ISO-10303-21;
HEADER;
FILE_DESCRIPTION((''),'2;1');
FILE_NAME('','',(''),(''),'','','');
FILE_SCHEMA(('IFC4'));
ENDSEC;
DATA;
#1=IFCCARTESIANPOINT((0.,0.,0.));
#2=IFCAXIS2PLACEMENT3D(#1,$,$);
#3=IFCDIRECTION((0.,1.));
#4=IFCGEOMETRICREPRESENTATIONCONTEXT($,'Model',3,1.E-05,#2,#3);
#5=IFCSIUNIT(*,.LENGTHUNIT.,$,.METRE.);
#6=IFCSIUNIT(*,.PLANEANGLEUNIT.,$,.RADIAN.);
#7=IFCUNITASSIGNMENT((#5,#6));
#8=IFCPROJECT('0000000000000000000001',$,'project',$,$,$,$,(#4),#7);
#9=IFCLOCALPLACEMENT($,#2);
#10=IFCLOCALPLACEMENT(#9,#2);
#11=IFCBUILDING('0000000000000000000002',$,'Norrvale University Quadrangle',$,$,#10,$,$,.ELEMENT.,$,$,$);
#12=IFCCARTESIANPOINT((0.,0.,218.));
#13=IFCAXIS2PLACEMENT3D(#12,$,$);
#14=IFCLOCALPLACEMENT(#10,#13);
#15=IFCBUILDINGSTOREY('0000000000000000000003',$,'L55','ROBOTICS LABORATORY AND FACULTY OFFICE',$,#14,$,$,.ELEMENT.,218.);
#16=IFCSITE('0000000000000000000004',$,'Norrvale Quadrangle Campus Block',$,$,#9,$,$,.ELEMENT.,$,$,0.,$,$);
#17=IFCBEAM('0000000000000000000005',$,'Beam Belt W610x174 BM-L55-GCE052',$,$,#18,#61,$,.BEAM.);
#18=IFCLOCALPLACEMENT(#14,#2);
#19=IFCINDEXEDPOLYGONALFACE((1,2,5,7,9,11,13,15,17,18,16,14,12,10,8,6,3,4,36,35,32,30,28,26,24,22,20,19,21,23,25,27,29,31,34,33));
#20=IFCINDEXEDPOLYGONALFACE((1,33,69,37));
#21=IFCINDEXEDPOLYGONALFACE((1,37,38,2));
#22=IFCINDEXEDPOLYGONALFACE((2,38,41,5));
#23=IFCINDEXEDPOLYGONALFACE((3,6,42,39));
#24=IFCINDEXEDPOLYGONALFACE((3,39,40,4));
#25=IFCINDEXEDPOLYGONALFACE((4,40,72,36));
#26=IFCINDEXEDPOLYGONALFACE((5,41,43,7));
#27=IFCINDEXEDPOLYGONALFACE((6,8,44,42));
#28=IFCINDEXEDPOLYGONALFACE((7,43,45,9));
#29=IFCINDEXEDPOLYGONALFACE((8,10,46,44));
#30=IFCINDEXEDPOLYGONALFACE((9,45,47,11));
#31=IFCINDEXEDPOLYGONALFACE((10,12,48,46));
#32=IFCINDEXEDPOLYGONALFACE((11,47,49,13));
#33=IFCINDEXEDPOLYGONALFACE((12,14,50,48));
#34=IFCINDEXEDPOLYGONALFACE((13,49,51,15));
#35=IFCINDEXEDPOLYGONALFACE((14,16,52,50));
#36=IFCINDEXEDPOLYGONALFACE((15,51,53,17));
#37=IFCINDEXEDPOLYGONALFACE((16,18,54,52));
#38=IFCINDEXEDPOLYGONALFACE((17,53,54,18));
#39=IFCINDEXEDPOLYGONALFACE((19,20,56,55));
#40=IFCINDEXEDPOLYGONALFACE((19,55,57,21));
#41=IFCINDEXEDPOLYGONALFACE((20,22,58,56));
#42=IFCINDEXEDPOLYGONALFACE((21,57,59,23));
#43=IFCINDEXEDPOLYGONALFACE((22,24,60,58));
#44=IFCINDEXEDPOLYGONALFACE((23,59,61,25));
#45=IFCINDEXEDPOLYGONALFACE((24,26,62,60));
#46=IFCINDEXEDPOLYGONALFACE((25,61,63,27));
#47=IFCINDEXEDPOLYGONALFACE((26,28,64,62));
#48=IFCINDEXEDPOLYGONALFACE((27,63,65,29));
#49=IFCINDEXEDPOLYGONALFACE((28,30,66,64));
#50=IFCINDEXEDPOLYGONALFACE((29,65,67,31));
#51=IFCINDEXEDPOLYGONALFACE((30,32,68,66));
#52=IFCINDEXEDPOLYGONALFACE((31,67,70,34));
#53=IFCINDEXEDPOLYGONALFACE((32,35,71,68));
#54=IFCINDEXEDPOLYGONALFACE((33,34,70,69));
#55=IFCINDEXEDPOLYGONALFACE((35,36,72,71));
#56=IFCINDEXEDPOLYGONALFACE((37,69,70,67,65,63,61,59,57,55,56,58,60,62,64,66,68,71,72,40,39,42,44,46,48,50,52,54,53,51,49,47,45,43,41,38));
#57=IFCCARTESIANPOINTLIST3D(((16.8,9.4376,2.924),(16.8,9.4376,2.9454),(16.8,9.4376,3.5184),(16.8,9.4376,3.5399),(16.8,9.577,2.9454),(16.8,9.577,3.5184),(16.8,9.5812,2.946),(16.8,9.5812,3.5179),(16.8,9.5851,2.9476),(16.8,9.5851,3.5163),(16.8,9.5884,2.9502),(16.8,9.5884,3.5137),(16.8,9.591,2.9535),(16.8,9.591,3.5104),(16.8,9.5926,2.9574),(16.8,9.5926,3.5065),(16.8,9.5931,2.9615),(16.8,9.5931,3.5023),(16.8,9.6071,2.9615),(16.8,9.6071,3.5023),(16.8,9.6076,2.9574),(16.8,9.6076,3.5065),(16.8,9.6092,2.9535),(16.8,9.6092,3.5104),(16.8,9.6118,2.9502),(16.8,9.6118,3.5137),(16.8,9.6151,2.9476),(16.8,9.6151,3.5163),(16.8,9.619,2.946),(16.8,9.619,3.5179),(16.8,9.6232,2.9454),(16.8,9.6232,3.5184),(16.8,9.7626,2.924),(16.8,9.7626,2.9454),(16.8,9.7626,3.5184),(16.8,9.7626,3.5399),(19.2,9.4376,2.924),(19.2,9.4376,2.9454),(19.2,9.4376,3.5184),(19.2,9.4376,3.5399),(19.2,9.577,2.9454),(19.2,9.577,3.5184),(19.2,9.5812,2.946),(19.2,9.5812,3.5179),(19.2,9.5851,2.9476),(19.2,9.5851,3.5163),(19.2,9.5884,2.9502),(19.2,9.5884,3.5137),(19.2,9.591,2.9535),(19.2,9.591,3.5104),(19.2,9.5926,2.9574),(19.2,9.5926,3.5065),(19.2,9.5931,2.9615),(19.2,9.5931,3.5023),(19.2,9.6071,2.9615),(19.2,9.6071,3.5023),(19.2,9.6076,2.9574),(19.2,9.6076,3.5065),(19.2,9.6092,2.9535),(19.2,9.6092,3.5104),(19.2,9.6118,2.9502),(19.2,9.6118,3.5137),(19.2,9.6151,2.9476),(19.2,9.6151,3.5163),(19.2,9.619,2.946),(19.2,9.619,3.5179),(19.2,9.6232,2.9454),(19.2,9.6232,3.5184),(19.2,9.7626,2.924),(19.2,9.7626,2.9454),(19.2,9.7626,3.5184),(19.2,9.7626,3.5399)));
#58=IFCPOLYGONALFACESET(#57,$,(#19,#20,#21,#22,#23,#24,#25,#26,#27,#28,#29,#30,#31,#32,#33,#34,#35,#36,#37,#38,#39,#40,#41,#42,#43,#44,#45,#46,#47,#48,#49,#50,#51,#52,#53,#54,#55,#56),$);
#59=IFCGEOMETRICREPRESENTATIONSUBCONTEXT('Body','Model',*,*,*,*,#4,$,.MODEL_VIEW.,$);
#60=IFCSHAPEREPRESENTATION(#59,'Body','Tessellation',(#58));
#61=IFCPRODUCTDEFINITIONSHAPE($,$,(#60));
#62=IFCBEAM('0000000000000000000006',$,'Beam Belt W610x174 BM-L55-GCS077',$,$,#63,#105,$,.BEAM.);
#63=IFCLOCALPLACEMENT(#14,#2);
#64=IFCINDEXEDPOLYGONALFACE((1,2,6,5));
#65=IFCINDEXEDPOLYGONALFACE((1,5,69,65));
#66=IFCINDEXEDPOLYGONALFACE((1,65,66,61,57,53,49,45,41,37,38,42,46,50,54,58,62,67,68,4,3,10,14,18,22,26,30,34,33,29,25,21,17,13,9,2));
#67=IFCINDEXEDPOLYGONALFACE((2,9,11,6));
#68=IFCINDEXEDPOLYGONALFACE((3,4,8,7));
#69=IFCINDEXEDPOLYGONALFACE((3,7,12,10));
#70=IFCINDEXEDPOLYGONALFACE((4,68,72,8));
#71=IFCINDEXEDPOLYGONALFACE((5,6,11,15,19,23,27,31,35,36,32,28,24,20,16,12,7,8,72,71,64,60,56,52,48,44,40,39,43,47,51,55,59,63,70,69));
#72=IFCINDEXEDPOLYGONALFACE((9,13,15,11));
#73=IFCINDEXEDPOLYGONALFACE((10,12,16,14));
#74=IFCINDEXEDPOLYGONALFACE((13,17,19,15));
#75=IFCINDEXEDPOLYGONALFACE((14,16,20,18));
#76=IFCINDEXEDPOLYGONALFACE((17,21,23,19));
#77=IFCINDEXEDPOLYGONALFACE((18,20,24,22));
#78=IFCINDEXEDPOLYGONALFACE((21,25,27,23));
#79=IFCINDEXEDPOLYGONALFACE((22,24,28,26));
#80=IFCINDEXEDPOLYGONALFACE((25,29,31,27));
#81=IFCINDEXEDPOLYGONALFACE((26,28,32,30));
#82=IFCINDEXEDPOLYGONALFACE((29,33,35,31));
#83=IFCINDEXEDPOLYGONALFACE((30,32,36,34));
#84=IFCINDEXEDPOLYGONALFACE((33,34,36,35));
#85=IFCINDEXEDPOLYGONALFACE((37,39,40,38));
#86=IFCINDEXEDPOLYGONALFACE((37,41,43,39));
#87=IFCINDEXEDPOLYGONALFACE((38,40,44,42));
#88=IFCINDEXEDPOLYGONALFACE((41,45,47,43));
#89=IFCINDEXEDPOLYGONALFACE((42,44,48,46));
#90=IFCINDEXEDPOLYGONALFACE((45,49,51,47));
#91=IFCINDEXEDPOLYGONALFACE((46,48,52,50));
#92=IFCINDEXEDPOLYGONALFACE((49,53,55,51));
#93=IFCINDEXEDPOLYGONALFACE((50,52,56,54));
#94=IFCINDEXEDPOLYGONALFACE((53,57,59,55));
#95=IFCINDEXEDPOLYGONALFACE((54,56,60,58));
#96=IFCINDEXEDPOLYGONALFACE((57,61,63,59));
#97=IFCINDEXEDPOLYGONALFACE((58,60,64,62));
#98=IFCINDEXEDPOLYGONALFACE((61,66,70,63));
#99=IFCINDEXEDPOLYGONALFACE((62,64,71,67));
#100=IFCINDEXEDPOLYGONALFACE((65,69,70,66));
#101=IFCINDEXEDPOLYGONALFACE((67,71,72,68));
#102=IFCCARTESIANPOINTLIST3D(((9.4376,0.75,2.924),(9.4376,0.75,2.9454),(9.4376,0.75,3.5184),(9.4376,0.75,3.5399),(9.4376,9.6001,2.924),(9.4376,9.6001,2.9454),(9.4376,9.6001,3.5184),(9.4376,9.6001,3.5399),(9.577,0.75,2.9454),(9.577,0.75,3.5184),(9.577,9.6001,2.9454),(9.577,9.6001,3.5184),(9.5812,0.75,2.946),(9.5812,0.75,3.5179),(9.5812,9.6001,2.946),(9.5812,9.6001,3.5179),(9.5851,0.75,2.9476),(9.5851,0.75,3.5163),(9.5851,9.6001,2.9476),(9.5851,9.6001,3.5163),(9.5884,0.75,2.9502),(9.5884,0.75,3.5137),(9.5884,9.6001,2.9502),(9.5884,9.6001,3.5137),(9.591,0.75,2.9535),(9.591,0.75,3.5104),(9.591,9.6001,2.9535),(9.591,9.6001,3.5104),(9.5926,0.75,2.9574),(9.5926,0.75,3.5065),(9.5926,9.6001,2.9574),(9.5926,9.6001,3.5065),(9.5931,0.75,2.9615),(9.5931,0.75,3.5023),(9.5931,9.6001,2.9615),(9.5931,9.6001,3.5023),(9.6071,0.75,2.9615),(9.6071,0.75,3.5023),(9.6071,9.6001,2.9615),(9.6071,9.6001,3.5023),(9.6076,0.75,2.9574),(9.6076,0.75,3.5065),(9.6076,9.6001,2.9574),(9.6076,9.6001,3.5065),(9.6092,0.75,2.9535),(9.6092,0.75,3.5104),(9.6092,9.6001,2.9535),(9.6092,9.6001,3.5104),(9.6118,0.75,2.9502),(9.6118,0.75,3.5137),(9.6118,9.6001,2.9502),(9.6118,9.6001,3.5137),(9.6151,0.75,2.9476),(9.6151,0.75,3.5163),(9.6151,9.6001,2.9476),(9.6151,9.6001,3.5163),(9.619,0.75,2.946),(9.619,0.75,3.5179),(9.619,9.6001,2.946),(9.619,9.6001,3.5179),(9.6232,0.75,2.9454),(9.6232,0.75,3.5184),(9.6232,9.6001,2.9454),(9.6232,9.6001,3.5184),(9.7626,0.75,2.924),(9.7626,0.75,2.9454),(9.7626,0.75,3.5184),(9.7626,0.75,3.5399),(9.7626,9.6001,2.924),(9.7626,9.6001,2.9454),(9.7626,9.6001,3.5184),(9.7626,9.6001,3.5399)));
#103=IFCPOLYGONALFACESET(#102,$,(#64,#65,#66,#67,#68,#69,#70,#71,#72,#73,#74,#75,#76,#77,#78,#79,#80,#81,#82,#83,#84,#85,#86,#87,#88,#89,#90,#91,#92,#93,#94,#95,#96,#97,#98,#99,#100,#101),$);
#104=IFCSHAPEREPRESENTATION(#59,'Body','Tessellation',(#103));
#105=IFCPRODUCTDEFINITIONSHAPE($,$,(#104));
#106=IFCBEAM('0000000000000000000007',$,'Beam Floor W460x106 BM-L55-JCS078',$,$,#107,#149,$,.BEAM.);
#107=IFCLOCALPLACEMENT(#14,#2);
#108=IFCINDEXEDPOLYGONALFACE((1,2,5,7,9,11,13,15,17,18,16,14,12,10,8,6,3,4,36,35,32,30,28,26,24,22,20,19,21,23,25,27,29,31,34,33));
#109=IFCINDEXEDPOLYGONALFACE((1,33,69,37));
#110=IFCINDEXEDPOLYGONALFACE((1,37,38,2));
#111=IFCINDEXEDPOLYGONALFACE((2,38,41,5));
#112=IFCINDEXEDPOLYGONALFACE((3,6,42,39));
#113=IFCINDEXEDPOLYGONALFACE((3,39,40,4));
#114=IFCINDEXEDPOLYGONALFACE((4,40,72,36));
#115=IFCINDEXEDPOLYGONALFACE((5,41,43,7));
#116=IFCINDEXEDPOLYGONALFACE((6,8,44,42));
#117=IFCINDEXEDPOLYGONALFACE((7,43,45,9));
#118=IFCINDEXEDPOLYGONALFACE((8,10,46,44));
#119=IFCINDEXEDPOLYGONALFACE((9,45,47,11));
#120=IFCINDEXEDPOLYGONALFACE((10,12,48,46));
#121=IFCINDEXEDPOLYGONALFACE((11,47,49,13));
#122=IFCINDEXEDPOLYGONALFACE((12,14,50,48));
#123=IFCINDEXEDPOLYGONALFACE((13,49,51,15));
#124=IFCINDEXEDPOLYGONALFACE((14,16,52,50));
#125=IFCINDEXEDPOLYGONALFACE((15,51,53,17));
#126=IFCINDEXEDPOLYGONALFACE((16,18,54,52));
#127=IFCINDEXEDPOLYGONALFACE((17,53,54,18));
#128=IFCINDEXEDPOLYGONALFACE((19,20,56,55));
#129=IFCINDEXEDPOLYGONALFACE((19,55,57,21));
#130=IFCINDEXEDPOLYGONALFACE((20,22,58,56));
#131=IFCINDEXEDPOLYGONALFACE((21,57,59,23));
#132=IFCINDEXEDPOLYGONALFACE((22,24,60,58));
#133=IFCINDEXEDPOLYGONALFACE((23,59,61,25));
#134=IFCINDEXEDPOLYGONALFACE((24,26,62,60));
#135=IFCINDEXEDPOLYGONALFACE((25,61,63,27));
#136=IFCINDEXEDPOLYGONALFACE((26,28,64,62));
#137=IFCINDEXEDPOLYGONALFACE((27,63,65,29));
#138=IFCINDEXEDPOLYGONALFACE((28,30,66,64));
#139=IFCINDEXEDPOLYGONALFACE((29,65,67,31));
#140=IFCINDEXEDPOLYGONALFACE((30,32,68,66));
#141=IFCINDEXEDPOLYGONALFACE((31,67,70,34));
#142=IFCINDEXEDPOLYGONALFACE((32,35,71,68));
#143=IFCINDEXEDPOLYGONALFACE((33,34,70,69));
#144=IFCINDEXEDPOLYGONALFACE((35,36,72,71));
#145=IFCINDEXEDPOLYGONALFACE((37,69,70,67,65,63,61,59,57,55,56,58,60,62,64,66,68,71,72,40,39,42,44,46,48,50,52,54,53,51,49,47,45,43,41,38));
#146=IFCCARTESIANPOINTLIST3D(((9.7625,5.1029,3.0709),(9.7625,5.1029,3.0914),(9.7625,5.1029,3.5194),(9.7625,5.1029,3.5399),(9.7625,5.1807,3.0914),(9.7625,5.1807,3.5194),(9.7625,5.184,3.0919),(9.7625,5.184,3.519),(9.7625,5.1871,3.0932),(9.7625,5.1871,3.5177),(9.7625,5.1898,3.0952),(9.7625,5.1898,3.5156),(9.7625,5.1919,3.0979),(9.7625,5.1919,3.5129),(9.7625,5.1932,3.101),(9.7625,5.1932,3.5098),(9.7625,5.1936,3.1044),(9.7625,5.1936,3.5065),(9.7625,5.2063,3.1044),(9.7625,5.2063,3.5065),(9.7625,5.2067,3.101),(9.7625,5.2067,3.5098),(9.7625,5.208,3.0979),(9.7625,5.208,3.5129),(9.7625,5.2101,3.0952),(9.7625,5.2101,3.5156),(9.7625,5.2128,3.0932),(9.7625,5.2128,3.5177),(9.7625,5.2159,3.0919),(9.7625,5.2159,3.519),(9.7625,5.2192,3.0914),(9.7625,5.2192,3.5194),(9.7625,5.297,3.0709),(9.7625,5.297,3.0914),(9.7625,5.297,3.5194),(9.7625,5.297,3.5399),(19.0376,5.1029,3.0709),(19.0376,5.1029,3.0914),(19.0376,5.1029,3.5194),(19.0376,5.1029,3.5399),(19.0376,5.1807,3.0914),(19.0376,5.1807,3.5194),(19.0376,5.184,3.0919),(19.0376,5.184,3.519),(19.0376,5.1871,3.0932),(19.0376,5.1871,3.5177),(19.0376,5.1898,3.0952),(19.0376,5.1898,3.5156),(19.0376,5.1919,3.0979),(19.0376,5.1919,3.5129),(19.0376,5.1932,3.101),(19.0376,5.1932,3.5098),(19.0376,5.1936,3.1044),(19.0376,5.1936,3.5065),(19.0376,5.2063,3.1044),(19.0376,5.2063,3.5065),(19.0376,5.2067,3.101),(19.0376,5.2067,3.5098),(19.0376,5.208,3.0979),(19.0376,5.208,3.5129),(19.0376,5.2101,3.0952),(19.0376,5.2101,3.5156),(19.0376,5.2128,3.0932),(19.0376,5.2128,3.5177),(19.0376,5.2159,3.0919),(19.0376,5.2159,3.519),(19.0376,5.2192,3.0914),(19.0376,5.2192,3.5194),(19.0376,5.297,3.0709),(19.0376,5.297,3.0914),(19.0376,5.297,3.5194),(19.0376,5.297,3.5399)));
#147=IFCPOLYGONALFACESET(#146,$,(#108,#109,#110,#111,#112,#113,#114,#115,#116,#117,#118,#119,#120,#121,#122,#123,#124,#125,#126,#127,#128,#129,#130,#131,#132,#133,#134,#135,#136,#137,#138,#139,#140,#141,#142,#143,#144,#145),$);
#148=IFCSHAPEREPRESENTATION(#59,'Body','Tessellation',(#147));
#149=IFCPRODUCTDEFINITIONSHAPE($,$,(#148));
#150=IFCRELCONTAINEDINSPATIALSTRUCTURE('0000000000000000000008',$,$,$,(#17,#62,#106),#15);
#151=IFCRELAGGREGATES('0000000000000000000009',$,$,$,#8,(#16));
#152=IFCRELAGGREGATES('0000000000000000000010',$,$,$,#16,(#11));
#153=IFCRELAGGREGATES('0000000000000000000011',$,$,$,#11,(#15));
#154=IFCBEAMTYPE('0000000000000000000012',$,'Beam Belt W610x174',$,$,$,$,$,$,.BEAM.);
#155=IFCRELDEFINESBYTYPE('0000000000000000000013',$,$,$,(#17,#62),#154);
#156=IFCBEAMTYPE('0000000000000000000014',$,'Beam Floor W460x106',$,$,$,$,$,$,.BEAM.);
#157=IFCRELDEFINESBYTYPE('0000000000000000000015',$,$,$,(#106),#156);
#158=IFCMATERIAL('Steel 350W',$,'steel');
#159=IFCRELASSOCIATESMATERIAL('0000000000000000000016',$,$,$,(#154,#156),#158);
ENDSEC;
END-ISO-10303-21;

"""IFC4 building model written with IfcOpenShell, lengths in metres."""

from ifc_helpers import new_model, si_unit, direction, frame, origin, origin_2d, place, context, subcontext, project, spatial, i_section, extrude, material, material_profile, profile_set, type_object, element, save


model = new_model("IFC4")

# Units and contexts
model_context = context("Model", 3, precision=1e-05, world=origin(), true_north=direction((0.0, 1.0)))
body_context = subcontext(model_context, "Body", "Model", "MODEL_VIEW")
ifc_project = project(units=[si_unit("LENGTHUNIT", "METRE"), si_unit("PLANEANGLEUNIT", "RADIAN")], contexts=[model_context])

# Site, building, storey
site_placement = place(None, origin())
site = spatial("IfcSite", under=ifc_project, at=site_placement, Name="Norrvale Quadrangle Campus Block", CompositionType="ELEMENT", RefElevation=0.0)
building_placement = place(site_placement, origin())
building = spatial("IfcBuilding", under=site, at=building_placement, Name="Norrvale University Quadrangle", CompositionType="ELEMENT")
storey_placement = place(building_placement, frame((0.0, 0.0, 218.0)))
storey = spatial("IfcBuildingStorey", under=building, at=storey_placement, Name="L55", Description="ROBOTICS LABORATORY AND FACULTY OFFICE", CompositionType="ELEMENT", Elevation=218.0)

# Beams
ifc_material_1 = material(Name="Steel 350W", Category="steel")
ifc_material_profile_1 = material_profile(ifc_material_1, i_section(OverallWidth=0.325, OverallDepth=0.616, WebThickness=0.0139, FlangeThickness=0.0215, FilletRadius=0.0161, at=origin_2d()), Name="Steel 350W")
ifc_profile_set_1 = profile_set([ifc_material_profile_1], Name="Steel 350W")
beam_type_1 = type_object("IfcBeamType", Name="Beam Belt W610x174", PredefinedType="BEAM", material=ifc_profile_set_1)
beam_1_placement = place(storey_placement, frame((16.8, 9.6001, 3.2319), z_axis=(1.0, 0.0, 0.0), x_axis=(0.0, 1.0, 0.0)))
element("IfcBeam", 1, at=beam_1_placement, inside=storey, type_object=beam_type_1, Name="Beam Belt W610x174 BM-L55-GCE052", PredefinedType="BEAM", context=body_context, shape_type="SweptSolid", body=[
    extrude(i_section(OverallWidth=0.325, OverallDepth=0.616, WebThickness=0.0139, FlangeThickness=0.0215, FilletRadius=0.0161, at=origin_2d()), origin(), (0.0, 0.0, 1.0), 2.3999),
])
beam_2_placement = place(storey_placement, frame((9.6001, 0.75, 3.2319), z_axis=(0.0, 1.0, 0.0), x_axis=(-1.0, 0.0, 0.0)))
element("IfcBeam", 2, at=beam_2_placement, inside=storey, type_object=beam_type_1, Name="Beam Belt W610x174 BM-L55-GCS077", PredefinedType="BEAM", context=body_context, shape_type="SweptSolid", body=[
    extrude(i_section(OverallWidth=0.325, OverallDepth=0.616, WebThickness=0.0139, FlangeThickness=0.0215, FilletRadius=0.0161, at=origin_2d()), origin(), (0.0, 0.0, 1.0), 8.8501),
])
ifc_material_profile_2 = material_profile(ifc_material_1, i_section(OverallWidth=0.1941, OverallDepth=0.469, WebThickness=0.0127, FlangeThickness=0.0205, FilletRadius=0.0129, at=origin_2d()), Name="Steel 350W")
ifc_profile_set_2 = profile_set([ifc_material_profile_2], Name="Steel 350W")
beam_type_2 = type_object("IfcBeamType", Name="Beam Floor W460x106", PredefinedType="BEAM", material=ifc_profile_set_2)
beam_3_placement = place(storey_placement, frame((9.7625, 5.2, 3.3054), z_axis=(1.0, 0.0, 0.0), x_axis=(0.0, 1.0, 0.0)))
element("IfcBeam", 3, at=beam_3_placement, inside=storey, type_object=beam_type_2, Name="Beam Floor W460x106 BM-L55-JCS078", PredefinedType="BEAM", context=body_context, shape_type="SweptSolid", body=[
    extrude(i_section(OverallWidth=0.1941, OverallDepth=0.469, WebThickness=0.0127, FlangeThickness=0.0205, FilletRadius=0.0129, at=origin_2d()), origin(), (0.0, 0.0, 1.0), 9.2751),
])

save(model, "model.ifc")
